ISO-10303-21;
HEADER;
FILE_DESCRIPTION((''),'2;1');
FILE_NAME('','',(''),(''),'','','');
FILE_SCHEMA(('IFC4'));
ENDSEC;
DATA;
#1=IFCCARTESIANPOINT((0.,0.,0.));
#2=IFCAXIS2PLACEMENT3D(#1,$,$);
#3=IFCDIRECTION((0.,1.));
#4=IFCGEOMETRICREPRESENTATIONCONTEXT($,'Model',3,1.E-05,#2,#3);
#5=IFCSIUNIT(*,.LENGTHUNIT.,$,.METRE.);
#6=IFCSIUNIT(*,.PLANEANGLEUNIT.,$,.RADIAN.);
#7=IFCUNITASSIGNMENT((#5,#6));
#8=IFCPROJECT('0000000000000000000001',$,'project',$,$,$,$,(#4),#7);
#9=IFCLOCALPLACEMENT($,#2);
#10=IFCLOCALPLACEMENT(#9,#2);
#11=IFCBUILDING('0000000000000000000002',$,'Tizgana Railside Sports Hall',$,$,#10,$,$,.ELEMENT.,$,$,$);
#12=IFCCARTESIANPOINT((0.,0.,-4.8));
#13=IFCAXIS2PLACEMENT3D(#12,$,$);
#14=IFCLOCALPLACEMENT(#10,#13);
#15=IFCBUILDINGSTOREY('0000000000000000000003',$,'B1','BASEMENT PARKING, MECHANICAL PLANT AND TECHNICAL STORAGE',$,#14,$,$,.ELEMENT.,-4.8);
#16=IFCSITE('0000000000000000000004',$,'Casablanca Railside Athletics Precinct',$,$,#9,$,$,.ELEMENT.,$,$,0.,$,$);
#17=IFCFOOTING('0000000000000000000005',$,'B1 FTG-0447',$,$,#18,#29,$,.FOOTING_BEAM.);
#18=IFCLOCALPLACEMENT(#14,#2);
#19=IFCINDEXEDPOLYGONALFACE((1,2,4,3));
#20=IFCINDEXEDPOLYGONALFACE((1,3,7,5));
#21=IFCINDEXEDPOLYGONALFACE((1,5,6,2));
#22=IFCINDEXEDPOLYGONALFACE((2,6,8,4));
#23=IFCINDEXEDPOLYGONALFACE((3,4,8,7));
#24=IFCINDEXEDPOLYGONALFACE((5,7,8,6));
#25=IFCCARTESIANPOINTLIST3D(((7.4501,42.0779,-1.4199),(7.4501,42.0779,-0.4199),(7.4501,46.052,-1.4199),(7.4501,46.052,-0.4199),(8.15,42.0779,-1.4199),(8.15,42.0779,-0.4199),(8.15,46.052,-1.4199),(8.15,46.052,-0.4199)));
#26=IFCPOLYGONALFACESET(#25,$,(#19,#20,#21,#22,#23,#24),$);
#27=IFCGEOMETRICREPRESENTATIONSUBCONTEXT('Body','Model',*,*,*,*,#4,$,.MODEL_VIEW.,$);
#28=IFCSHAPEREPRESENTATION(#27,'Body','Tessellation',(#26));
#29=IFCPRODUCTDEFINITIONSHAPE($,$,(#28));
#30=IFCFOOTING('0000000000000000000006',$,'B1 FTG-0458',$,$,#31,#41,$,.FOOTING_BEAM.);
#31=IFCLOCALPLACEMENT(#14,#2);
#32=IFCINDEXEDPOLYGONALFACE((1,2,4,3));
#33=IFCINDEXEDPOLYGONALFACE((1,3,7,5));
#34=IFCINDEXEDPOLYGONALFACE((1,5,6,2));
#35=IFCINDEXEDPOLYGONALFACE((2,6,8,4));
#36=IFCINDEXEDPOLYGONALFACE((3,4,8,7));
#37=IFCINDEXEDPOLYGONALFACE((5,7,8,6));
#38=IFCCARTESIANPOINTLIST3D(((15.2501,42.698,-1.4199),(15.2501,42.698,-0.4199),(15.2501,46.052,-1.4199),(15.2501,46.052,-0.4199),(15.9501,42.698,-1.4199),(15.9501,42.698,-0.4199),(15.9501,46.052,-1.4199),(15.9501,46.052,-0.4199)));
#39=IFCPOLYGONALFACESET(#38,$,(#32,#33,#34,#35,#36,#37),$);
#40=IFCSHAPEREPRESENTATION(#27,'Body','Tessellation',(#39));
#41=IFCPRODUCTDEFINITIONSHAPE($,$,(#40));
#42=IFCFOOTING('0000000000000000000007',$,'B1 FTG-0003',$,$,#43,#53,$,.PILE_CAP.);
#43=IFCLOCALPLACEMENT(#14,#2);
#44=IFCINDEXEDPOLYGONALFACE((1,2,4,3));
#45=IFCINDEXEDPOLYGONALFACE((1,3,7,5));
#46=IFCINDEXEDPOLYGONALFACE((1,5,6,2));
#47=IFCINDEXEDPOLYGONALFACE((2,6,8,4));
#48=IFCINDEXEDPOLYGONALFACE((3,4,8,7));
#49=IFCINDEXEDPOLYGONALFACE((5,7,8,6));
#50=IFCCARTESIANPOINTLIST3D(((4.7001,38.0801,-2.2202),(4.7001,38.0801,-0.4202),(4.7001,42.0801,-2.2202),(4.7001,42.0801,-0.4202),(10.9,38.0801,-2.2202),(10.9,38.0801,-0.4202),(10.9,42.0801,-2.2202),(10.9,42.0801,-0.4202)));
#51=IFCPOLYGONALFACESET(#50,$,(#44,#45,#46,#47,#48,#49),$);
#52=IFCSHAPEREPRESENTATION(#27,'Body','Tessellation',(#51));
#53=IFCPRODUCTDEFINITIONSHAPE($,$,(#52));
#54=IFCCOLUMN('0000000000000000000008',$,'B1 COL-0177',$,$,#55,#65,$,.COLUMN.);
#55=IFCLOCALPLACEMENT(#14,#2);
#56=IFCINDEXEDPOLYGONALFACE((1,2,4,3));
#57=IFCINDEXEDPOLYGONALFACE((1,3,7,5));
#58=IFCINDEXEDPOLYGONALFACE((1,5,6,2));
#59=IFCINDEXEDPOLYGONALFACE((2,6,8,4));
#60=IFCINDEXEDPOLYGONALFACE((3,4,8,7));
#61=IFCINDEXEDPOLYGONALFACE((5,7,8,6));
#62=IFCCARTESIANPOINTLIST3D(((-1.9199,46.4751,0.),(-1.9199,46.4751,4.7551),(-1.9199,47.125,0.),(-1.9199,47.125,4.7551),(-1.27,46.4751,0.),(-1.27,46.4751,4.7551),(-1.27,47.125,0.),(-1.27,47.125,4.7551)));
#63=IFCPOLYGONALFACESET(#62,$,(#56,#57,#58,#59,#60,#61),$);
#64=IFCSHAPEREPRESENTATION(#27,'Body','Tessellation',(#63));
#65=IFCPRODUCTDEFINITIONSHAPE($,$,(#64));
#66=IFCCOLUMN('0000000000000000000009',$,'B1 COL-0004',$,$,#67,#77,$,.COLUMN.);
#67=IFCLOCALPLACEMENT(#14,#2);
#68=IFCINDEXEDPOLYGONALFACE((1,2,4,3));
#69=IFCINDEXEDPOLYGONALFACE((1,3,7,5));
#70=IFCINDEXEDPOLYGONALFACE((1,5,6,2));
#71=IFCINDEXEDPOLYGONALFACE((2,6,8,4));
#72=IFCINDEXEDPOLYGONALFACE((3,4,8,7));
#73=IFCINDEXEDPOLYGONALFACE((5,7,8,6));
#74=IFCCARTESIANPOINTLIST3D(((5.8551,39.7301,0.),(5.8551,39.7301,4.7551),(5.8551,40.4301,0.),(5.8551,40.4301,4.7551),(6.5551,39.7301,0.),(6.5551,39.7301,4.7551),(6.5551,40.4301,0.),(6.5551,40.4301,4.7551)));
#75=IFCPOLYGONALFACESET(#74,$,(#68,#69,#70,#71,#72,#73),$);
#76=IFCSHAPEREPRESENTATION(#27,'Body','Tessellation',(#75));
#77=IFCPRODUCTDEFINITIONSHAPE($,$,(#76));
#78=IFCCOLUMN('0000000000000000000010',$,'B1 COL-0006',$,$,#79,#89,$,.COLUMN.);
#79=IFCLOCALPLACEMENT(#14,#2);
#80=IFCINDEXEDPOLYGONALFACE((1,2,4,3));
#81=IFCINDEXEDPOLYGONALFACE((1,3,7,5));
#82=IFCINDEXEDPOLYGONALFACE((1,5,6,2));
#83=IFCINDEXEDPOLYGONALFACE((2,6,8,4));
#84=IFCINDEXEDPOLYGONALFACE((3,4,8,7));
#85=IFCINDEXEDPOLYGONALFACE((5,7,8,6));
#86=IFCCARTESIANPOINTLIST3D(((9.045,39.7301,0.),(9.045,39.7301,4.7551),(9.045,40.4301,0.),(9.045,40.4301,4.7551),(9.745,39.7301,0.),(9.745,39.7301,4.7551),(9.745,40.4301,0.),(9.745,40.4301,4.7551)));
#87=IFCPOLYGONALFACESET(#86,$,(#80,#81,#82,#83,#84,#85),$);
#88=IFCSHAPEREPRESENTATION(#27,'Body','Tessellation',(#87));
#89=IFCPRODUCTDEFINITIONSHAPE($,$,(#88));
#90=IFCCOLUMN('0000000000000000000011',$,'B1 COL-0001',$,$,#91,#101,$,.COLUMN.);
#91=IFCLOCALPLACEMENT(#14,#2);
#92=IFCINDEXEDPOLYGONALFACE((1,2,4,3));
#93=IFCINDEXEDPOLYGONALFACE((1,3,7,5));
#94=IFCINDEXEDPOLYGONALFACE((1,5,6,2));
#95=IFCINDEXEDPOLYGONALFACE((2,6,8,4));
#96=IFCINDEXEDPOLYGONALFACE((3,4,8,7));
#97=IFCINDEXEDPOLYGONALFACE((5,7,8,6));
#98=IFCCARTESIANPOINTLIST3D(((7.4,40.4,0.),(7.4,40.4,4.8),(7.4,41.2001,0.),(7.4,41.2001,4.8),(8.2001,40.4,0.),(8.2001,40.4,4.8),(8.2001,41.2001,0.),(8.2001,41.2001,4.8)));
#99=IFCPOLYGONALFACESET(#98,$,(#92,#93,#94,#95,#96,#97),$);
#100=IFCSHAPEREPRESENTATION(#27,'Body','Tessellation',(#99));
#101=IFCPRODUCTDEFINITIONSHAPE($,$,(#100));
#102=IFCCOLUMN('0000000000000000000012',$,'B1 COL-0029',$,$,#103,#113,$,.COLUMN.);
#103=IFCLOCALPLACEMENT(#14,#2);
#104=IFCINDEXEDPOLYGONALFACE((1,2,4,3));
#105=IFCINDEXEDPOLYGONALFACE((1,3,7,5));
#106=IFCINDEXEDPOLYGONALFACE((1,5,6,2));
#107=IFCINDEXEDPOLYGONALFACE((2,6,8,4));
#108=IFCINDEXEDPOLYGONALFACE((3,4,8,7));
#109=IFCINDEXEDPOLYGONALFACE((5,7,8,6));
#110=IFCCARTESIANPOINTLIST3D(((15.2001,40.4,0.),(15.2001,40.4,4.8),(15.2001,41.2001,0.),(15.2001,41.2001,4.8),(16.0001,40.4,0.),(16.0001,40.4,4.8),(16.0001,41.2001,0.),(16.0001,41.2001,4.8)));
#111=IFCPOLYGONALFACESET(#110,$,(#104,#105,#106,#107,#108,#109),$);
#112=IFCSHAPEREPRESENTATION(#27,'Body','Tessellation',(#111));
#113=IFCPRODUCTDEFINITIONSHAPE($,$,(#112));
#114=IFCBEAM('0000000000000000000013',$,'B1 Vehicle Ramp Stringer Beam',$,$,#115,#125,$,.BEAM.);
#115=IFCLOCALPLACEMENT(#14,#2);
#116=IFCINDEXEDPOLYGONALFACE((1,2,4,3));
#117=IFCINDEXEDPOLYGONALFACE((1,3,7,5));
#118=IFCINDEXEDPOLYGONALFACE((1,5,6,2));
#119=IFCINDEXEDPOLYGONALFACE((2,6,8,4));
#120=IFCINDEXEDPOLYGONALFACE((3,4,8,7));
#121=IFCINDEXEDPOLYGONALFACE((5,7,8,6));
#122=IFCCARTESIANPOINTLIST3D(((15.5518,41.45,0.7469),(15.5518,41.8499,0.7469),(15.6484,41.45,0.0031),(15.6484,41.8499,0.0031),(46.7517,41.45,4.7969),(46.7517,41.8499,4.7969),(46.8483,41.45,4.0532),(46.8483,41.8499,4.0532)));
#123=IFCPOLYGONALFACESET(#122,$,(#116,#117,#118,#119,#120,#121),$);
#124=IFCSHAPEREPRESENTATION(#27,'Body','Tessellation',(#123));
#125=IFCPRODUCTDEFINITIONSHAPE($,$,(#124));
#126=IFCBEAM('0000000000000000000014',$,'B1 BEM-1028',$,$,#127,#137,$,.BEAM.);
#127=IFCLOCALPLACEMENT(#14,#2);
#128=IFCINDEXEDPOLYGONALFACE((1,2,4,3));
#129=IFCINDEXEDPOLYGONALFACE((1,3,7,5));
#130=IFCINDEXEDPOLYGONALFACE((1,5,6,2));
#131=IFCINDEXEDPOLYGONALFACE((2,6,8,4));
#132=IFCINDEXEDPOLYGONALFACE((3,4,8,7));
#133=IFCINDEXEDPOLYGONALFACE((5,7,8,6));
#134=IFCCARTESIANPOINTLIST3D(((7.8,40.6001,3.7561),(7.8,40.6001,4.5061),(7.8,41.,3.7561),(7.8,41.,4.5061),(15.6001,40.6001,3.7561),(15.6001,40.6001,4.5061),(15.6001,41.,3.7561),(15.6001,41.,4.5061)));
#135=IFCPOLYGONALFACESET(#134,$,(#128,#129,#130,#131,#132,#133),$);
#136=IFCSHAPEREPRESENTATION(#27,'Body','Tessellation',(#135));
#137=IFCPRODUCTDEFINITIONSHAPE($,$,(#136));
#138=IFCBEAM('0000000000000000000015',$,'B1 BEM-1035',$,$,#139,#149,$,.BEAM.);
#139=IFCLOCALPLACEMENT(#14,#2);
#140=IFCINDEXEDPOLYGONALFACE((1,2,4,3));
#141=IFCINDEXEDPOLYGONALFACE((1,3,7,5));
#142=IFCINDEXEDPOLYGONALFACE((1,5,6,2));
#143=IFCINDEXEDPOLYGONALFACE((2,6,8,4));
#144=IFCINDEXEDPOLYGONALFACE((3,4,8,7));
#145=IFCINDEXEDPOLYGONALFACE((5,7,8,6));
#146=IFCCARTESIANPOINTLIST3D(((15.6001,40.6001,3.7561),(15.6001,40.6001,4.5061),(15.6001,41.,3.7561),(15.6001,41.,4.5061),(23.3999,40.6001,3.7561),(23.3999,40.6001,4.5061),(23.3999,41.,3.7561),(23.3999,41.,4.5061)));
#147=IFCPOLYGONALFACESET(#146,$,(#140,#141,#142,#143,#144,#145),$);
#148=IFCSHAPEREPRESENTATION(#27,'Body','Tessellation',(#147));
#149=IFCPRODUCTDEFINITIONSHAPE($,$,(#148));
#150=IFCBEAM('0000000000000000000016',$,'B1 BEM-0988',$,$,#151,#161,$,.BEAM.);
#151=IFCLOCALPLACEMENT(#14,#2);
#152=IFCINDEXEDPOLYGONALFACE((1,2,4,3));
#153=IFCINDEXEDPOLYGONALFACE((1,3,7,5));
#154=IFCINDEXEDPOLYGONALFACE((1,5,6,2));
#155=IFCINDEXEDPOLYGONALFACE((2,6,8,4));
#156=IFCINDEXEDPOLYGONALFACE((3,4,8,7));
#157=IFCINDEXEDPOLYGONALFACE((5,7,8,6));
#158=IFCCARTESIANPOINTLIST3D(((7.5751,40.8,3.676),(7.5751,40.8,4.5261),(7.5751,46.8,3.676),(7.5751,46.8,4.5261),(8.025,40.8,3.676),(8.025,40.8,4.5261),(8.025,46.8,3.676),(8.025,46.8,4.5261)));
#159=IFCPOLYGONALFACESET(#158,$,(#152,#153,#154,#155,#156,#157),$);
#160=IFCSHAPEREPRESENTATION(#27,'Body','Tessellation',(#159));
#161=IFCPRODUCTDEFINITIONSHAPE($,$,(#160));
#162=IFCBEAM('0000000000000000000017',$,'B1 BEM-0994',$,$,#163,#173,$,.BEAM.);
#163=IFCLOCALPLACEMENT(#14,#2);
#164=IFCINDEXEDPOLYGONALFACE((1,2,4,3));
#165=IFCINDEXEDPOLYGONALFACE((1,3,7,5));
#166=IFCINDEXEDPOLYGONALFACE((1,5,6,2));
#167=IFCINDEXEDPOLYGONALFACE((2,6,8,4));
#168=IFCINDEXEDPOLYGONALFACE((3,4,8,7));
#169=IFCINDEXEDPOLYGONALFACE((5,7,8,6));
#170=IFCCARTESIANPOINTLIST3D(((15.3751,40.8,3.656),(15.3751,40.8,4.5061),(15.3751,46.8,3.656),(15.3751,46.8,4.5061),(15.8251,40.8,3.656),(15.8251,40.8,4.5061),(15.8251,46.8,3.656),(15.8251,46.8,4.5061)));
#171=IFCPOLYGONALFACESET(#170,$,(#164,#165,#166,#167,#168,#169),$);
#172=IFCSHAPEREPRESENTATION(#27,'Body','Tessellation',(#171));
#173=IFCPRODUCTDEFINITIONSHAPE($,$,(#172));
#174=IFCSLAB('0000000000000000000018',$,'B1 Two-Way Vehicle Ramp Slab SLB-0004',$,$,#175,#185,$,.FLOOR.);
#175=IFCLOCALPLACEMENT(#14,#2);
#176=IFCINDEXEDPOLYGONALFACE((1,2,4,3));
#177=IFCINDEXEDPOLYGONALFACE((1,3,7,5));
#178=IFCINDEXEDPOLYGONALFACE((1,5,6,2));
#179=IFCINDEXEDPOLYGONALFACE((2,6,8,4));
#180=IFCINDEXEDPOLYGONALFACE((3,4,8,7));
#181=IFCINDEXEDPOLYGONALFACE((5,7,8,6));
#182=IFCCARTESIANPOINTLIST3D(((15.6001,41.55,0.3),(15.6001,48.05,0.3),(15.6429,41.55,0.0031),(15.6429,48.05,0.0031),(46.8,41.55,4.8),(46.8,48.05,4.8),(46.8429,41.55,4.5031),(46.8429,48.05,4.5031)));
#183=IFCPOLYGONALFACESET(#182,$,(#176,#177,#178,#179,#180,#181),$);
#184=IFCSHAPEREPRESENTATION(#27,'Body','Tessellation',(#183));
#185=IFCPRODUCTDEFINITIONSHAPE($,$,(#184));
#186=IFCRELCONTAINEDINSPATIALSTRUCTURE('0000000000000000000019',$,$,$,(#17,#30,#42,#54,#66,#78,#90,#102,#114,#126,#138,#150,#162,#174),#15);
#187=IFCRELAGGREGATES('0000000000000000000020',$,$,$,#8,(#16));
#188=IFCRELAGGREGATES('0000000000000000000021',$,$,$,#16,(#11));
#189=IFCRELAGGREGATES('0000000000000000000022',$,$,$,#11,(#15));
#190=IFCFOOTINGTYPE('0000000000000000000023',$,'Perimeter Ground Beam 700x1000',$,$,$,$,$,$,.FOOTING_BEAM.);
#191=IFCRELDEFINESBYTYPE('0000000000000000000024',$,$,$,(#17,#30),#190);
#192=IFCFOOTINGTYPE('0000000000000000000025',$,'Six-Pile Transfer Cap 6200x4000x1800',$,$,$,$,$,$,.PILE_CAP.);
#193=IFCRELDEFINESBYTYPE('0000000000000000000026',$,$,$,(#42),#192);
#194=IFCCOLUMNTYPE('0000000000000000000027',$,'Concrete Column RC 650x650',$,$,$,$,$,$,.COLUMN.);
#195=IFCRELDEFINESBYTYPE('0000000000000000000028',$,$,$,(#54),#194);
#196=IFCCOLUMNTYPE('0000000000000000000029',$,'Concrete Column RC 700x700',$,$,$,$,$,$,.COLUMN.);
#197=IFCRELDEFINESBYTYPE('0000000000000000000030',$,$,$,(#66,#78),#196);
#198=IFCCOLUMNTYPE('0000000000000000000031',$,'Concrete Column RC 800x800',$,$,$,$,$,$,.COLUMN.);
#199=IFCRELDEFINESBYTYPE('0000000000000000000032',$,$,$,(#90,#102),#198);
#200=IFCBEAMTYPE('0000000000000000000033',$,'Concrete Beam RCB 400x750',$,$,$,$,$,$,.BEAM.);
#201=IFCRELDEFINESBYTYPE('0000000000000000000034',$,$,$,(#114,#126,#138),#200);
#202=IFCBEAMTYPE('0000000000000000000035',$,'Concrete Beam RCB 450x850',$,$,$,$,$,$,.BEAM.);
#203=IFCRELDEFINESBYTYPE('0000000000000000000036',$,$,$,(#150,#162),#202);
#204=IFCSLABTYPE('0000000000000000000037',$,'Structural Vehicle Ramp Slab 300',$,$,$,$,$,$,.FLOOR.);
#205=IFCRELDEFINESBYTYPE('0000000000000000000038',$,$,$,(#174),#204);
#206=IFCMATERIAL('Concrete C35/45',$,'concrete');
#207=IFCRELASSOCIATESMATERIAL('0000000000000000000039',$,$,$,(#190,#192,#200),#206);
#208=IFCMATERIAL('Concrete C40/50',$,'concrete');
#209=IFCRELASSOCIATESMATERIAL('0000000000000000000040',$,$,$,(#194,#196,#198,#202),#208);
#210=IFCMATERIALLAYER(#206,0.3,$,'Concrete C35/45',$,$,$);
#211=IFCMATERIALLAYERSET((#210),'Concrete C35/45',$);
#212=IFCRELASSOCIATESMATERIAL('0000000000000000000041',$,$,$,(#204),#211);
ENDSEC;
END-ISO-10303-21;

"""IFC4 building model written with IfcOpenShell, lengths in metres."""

from ifc_helpers import new_model, si_unit, direction, frame, origin, origin_2d, place, context, subcontext, project, spatial, polyline, rectangle, outline, extrude, material, layer, layer_set, material_profile, profile_set, type_object, element, save


model = new_model("IFC4")

# Units and contexts
model_context = context("Model", 3, precision=1e-05, world=origin(), true_north=direction((0.0, 1.0)))
body_context = subcontext(model_context, "Body", "Model", "MODEL_VIEW")
ifc_project = project(units=[si_unit("LENGTHUNIT", "METRE"), si_unit("PLANEANGLEUNIT", "RADIAN")], contexts=[model_context])

# Site, building, storey
site_placement = place(None, origin())
site = spatial("IfcSite", under=ifc_project, at=site_placement, Name="Casablanca Railside Athletics Precinct", CompositionType="ELEMENT", RefElevation=0.0)
building_placement = place(site_placement, origin())
building = spatial("IfcBuilding", under=site, at=building_placement, Name="Tizgana Railside Sports Hall", CompositionType="ELEMENT")
storey_placement = place(building_placement, frame((0.0, 0.0, -4.8)))
storey = spatial("IfcBuildingStorey", under=building, at=storey_placement, Name="B1", Description="BASEMENT PARKING, MECHANICAL PLANT AND TECHNICAL STORAGE", CompositionType="ELEMENT", Elevation=-4.8)

# Shared definitions
ifc_material_1 = material(Name="Concrete C35/45", Category="concrete")

# Footings
footing_type_1 = type_object("IfcFootingType", Name="Perimeter Ground Beam 700x1000", PredefinedType="FOOTING_BEAM", material=ifc_material_1)
footing_1_placement = place(storey_placement, frame((7.8, 44.0649, -1.4199), z_axis=(0.0, 0.0, 1.0), x_axis=(0.0, 1.0, 0.0)))
element("IfcFooting", 1, at=footing_1_placement, inside=storey, type_object=footing_type_1, Name="B1 FTG-0447", PredefinedType="FOOTING_BEAM", context=body_context, shape_type="SweptSolid", body=[
    extrude(rectangle(XDim=3.9741, YDim=0.7, at=origin_2d()), origin(), (0.0, 0.0, 1.0), 1.0),
])
footing_2_placement = place(storey_placement, frame((15.6001, 44.375, -1.4199), z_axis=(0.0, 0.0, 1.0), x_axis=(0.0, 1.0, 0.0)))
element("IfcFooting", 2, at=footing_2_placement, inside=storey, type_object=footing_type_1, Name="B1 FTG-0458", PredefinedType="FOOTING_BEAM", context=body_context, shape_type="SweptSolid", body=[
    extrude(rectangle(XDim=3.354, YDim=0.7, at=origin_2d()), origin(), (0.0, 0.0, 1.0), 1.0),
])
footing_type_2 = type_object("IfcFootingType", Name="Six-Pile Transfer Cap 6200x4000x1800", PredefinedType="PILE_CAP", material=ifc_material_1)
footing_3_placement = place(storey_placement, frame((7.8, 40.0801, -2.2202), z_axis=(0.0, 0.0, 1.0), x_axis=(1.0, 0.0, 0.0)))
element("IfcFooting", 3, at=footing_3_placement, inside=storey, type_object=footing_type_2, Name="B1 FTG-0003", PredefinedType="PILE_CAP", context=body_context, shape_type="SweptSolid", body=[
    extrude(rectangle(XDim=6.2, YDim=4.0, at=origin_2d()), origin(), (0.0, 0.0, 1.0), 1.8),
])

# Columns
ifc_material_2 = material(Name="Concrete C40/50", Category="concrete")
ifc_material_profile_1 = material_profile(ifc_material_2, rectangle(XDim=0.6499, YDim=0.6499, at=origin_2d()), Name="RC 650x650")
ifc_profile_set_1 = profile_set([ifc_material_profile_1], Name="Concrete C40/50")
column_type_1 = type_object("IfcColumnType", Name="Concrete Column RC 650x650", PredefinedType="COLUMN", material=ifc_profile_set_1)
column_placement = place(storey_placement, frame((-1.595, 46.8, 0.0), z_axis=(0.0, 0.0, 1.0), x_axis=(1.0, 0.0, 0.0)))
element("IfcColumn", 4, at=column_placement, inside=storey, type_object=column_type_1, Name="B1 COL-0177", PredefinedType="COLUMN", context=body_context, shape_type="SweptSolid", body=[
    extrude(rectangle(XDim=0.6499, YDim=0.6499, at=origin_2d()), origin(), (0.0, 0.0, 1.0), 4.7551),
])
ifc_material_profile_2 = material_profile(ifc_material_2, rectangle(XDim=0.7, YDim=0.7, at=origin_2d()), Name="RC 700x700")
ifc_profile_set_2 = profile_set([ifc_material_profile_2], Name="Concrete C40/50")
column_type_2 = type_object("IfcColumnType", Name="Concrete Column RC 700x700", PredefinedType="COLUMN", material=ifc_profile_set_2)
for number, where, z_axis, x_axis, name in (
    (5, (6.2051, 40.0801, 0.0), (0.0, 0.0, 1.0), (1.0, 0.0, 0.0), "B1 COL-0004"),
    (6, (9.395, 40.0801, 0.0), (0.0, 0.0, 1.0), (1.0, 0.0, 0.0), "B1 COL-0006"),
):
    element("IfcColumn", number, at=place(storey_placement, frame(where, z_axis=z_axis, x_axis=x_axis)), inside=storey, type_object=column_type_2, Name=name, PredefinedType="COLUMN", context=body_context, shape_type="SweptSolid", body=[
        extrude(rectangle(XDim=0.7, YDim=0.7, at=origin_2d()), origin(), (0.0, 0.0, 1.0), 4.7551),
    ])
ifc_material_profile_3 = material_profile(ifc_material_2, rectangle(XDim=0.8, YDim=0.8, at=origin_2d()), Name="RC 800x800")
ifc_profile_set_3 = profile_set([ifc_material_profile_3], Name="Concrete C40/50")
column_type_3 = type_object("IfcColumnType", Name="Concrete Column RC 800x800", PredefinedType="COLUMN", material=ifc_profile_set_3)
for number, where, z_axis, x_axis, name in (
    (7, (7.8, 40.8, 0.0), (0.0, 0.0, 1.0), (1.0, 0.0, 0.0), "B1 COL-0001"),
    (8, (15.6001, 40.8, 0.0), (0.0, 0.0, 1.0), (1.0, 0.0, 0.0), "B1 COL-0029"),
):
    element("IfcColumn", number, at=place(storey_placement, frame(where, z_axis=z_axis, x_axis=x_axis)), inside=storey, type_object=column_type_3, Name=name, PredefinedType="COLUMN", context=body_context, shape_type="SweptSolid", body=[
        extrude(rectangle(XDim=0.8, YDim=0.8, at=origin_2d()), origin(), (0.0, 0.0, 1.0), 4.8),
    ])

# Beams
ifc_material_profile_4 = material_profile(ifc_material_1, rectangle(XDim=0.3999, YDim=0.75, at=origin_2d()), Name="RCB 400x750")
ifc_profile_set_4 = profile_set([ifc_material_profile_4], Name="Concrete C35/45")
beam_type_1 = type_object("IfcBeamType", Name="Concrete Beam RCB 400x750", PredefinedType="BEAM", material=ifc_profile_set_4)
beam_1_placement = place(storey_placement, frame((15.6001, 41.6499, 0.375), z_axis=(0.99168, 0.0, 0.128729), x_axis=(0.0, 1.0, 0.0)))
element("IfcBeam", 9, at=beam_1_placement, inside=storey, type_object=beam_type_1, Name="B1 Vehicle Ramp Stringer Beam", PredefinedType="BEAM", context=body_context, shape_type="SweptSolid", body=[
    extrude(rectangle(XDim=0.3999, YDim=0.75, at=origin_2d()), origin(), (0.0, 0.0, 1.0), 31.4617),
])
beam_2_placement = place(storey_placement, frame((7.8, 40.8, 4.1311), z_axis=(1.0, 0.0, 0.0), x_axis=(0.0, 1.0, 0.0)))
element("IfcBeam", 10, at=beam_2_placement, inside=storey, type_object=beam_type_1, Name="B1 BEM-1028", PredefinedType="BEAM", context=body_context, shape_type="SweptSolid", body=[
    extrude(rectangle(XDim=0.3999, YDim=0.75, at=origin_2d()), origin(), (0.0, 0.0, 1.0), 7.8),
])
beam_3_placement = place(storey_placement, frame((15.6001, 40.8, 4.1311), z_axis=(1.0, 0.0, 0.0), x_axis=(0.0, 1.0, 0.0)))
element("IfcBeam", 11, at=beam_3_placement, inside=storey, type_object=beam_type_1, Name="B1 BEM-1035", PredefinedType="BEAM", context=body_context, shape_type="SweptSolid", body=[
    extrude(rectangle(XDim=0.3999, YDim=0.75, at=origin_2d()), origin(), (0.0, 0.0, 1.0), 7.7998),
])
ifc_material_profile_5 = material_profile(ifc_material_2, rectangle(XDim=0.45, YDim=0.8501, at=origin_2d()), Name="RCB 450x850")
ifc_profile_set_5 = profile_set([ifc_material_profile_5], Name="Concrete C40/50")
beam_type_2 = type_object("IfcBeamType", Name="Concrete Beam RCB 450x850", PredefinedType="BEAM", material=ifc_profile_set_5)
for number, where, z_axis, x_axis, name in (
    (12, (7.8, 40.8, 4.1011), (0.0, 1.0, 0.0), (-1.0, 0.0, 0.0), "B1 BEM-0988"),
    (13, (15.6001, 40.8, 4.0811), (0.0, 1.0, 0.0), (-1.0, 0.0, 0.0), "B1 BEM-0994"),
):
    element("IfcBeam", number, at=place(storey_placement, frame(where, z_axis=z_axis, x_axis=x_axis)), inside=storey, type_object=beam_type_2, Name=name, PredefinedType="BEAM", context=body_context, shape_type="SweptSolid", body=[
        extrude(rectangle(XDim=0.45, YDim=0.8501, at=origin_2d()), origin(), (0.0, 0.0, 1.0), 6.0),
    ])

# Slab
ifc_layer_1 = layer(ifc_material_1, 0.3, Name="Concrete C35/45")
ifc_layer_set_1 = layer_set([ifc_layer_1], Name="Concrete C35/45")
slab_type = type_object("IfcSlabType", Name="Structural Vehicle Ramp Slab 300", PredefinedType="FLOOR", material=ifc_layer_set_1)
slab_placement = place(storey_placement, frame((15.6001, 41.55, 0.3), z_axis=(-0.142754, 0.0, 0.989758), x_axis=(0.989758, 0.0, 0.142754)))
element("IfcSlab", 14, at=slab_placement, inside=storey, type_object=slab_type, Name="B1 Two-Way Vehicle Ramp Slab SLB-0004", PredefinedType="FLOOR", context=body_context, shape_type="SweptSolid", body=[
    extrude(outline(polyline([(0.0, 0.0), (31.5228, 0.0), (31.5228, 6.5), (0.0, 6.5), (0.0, 0.0)])), origin(), (0.0, 0.0, -1.0), 0.3),
])

save(model, "model.ifc")
